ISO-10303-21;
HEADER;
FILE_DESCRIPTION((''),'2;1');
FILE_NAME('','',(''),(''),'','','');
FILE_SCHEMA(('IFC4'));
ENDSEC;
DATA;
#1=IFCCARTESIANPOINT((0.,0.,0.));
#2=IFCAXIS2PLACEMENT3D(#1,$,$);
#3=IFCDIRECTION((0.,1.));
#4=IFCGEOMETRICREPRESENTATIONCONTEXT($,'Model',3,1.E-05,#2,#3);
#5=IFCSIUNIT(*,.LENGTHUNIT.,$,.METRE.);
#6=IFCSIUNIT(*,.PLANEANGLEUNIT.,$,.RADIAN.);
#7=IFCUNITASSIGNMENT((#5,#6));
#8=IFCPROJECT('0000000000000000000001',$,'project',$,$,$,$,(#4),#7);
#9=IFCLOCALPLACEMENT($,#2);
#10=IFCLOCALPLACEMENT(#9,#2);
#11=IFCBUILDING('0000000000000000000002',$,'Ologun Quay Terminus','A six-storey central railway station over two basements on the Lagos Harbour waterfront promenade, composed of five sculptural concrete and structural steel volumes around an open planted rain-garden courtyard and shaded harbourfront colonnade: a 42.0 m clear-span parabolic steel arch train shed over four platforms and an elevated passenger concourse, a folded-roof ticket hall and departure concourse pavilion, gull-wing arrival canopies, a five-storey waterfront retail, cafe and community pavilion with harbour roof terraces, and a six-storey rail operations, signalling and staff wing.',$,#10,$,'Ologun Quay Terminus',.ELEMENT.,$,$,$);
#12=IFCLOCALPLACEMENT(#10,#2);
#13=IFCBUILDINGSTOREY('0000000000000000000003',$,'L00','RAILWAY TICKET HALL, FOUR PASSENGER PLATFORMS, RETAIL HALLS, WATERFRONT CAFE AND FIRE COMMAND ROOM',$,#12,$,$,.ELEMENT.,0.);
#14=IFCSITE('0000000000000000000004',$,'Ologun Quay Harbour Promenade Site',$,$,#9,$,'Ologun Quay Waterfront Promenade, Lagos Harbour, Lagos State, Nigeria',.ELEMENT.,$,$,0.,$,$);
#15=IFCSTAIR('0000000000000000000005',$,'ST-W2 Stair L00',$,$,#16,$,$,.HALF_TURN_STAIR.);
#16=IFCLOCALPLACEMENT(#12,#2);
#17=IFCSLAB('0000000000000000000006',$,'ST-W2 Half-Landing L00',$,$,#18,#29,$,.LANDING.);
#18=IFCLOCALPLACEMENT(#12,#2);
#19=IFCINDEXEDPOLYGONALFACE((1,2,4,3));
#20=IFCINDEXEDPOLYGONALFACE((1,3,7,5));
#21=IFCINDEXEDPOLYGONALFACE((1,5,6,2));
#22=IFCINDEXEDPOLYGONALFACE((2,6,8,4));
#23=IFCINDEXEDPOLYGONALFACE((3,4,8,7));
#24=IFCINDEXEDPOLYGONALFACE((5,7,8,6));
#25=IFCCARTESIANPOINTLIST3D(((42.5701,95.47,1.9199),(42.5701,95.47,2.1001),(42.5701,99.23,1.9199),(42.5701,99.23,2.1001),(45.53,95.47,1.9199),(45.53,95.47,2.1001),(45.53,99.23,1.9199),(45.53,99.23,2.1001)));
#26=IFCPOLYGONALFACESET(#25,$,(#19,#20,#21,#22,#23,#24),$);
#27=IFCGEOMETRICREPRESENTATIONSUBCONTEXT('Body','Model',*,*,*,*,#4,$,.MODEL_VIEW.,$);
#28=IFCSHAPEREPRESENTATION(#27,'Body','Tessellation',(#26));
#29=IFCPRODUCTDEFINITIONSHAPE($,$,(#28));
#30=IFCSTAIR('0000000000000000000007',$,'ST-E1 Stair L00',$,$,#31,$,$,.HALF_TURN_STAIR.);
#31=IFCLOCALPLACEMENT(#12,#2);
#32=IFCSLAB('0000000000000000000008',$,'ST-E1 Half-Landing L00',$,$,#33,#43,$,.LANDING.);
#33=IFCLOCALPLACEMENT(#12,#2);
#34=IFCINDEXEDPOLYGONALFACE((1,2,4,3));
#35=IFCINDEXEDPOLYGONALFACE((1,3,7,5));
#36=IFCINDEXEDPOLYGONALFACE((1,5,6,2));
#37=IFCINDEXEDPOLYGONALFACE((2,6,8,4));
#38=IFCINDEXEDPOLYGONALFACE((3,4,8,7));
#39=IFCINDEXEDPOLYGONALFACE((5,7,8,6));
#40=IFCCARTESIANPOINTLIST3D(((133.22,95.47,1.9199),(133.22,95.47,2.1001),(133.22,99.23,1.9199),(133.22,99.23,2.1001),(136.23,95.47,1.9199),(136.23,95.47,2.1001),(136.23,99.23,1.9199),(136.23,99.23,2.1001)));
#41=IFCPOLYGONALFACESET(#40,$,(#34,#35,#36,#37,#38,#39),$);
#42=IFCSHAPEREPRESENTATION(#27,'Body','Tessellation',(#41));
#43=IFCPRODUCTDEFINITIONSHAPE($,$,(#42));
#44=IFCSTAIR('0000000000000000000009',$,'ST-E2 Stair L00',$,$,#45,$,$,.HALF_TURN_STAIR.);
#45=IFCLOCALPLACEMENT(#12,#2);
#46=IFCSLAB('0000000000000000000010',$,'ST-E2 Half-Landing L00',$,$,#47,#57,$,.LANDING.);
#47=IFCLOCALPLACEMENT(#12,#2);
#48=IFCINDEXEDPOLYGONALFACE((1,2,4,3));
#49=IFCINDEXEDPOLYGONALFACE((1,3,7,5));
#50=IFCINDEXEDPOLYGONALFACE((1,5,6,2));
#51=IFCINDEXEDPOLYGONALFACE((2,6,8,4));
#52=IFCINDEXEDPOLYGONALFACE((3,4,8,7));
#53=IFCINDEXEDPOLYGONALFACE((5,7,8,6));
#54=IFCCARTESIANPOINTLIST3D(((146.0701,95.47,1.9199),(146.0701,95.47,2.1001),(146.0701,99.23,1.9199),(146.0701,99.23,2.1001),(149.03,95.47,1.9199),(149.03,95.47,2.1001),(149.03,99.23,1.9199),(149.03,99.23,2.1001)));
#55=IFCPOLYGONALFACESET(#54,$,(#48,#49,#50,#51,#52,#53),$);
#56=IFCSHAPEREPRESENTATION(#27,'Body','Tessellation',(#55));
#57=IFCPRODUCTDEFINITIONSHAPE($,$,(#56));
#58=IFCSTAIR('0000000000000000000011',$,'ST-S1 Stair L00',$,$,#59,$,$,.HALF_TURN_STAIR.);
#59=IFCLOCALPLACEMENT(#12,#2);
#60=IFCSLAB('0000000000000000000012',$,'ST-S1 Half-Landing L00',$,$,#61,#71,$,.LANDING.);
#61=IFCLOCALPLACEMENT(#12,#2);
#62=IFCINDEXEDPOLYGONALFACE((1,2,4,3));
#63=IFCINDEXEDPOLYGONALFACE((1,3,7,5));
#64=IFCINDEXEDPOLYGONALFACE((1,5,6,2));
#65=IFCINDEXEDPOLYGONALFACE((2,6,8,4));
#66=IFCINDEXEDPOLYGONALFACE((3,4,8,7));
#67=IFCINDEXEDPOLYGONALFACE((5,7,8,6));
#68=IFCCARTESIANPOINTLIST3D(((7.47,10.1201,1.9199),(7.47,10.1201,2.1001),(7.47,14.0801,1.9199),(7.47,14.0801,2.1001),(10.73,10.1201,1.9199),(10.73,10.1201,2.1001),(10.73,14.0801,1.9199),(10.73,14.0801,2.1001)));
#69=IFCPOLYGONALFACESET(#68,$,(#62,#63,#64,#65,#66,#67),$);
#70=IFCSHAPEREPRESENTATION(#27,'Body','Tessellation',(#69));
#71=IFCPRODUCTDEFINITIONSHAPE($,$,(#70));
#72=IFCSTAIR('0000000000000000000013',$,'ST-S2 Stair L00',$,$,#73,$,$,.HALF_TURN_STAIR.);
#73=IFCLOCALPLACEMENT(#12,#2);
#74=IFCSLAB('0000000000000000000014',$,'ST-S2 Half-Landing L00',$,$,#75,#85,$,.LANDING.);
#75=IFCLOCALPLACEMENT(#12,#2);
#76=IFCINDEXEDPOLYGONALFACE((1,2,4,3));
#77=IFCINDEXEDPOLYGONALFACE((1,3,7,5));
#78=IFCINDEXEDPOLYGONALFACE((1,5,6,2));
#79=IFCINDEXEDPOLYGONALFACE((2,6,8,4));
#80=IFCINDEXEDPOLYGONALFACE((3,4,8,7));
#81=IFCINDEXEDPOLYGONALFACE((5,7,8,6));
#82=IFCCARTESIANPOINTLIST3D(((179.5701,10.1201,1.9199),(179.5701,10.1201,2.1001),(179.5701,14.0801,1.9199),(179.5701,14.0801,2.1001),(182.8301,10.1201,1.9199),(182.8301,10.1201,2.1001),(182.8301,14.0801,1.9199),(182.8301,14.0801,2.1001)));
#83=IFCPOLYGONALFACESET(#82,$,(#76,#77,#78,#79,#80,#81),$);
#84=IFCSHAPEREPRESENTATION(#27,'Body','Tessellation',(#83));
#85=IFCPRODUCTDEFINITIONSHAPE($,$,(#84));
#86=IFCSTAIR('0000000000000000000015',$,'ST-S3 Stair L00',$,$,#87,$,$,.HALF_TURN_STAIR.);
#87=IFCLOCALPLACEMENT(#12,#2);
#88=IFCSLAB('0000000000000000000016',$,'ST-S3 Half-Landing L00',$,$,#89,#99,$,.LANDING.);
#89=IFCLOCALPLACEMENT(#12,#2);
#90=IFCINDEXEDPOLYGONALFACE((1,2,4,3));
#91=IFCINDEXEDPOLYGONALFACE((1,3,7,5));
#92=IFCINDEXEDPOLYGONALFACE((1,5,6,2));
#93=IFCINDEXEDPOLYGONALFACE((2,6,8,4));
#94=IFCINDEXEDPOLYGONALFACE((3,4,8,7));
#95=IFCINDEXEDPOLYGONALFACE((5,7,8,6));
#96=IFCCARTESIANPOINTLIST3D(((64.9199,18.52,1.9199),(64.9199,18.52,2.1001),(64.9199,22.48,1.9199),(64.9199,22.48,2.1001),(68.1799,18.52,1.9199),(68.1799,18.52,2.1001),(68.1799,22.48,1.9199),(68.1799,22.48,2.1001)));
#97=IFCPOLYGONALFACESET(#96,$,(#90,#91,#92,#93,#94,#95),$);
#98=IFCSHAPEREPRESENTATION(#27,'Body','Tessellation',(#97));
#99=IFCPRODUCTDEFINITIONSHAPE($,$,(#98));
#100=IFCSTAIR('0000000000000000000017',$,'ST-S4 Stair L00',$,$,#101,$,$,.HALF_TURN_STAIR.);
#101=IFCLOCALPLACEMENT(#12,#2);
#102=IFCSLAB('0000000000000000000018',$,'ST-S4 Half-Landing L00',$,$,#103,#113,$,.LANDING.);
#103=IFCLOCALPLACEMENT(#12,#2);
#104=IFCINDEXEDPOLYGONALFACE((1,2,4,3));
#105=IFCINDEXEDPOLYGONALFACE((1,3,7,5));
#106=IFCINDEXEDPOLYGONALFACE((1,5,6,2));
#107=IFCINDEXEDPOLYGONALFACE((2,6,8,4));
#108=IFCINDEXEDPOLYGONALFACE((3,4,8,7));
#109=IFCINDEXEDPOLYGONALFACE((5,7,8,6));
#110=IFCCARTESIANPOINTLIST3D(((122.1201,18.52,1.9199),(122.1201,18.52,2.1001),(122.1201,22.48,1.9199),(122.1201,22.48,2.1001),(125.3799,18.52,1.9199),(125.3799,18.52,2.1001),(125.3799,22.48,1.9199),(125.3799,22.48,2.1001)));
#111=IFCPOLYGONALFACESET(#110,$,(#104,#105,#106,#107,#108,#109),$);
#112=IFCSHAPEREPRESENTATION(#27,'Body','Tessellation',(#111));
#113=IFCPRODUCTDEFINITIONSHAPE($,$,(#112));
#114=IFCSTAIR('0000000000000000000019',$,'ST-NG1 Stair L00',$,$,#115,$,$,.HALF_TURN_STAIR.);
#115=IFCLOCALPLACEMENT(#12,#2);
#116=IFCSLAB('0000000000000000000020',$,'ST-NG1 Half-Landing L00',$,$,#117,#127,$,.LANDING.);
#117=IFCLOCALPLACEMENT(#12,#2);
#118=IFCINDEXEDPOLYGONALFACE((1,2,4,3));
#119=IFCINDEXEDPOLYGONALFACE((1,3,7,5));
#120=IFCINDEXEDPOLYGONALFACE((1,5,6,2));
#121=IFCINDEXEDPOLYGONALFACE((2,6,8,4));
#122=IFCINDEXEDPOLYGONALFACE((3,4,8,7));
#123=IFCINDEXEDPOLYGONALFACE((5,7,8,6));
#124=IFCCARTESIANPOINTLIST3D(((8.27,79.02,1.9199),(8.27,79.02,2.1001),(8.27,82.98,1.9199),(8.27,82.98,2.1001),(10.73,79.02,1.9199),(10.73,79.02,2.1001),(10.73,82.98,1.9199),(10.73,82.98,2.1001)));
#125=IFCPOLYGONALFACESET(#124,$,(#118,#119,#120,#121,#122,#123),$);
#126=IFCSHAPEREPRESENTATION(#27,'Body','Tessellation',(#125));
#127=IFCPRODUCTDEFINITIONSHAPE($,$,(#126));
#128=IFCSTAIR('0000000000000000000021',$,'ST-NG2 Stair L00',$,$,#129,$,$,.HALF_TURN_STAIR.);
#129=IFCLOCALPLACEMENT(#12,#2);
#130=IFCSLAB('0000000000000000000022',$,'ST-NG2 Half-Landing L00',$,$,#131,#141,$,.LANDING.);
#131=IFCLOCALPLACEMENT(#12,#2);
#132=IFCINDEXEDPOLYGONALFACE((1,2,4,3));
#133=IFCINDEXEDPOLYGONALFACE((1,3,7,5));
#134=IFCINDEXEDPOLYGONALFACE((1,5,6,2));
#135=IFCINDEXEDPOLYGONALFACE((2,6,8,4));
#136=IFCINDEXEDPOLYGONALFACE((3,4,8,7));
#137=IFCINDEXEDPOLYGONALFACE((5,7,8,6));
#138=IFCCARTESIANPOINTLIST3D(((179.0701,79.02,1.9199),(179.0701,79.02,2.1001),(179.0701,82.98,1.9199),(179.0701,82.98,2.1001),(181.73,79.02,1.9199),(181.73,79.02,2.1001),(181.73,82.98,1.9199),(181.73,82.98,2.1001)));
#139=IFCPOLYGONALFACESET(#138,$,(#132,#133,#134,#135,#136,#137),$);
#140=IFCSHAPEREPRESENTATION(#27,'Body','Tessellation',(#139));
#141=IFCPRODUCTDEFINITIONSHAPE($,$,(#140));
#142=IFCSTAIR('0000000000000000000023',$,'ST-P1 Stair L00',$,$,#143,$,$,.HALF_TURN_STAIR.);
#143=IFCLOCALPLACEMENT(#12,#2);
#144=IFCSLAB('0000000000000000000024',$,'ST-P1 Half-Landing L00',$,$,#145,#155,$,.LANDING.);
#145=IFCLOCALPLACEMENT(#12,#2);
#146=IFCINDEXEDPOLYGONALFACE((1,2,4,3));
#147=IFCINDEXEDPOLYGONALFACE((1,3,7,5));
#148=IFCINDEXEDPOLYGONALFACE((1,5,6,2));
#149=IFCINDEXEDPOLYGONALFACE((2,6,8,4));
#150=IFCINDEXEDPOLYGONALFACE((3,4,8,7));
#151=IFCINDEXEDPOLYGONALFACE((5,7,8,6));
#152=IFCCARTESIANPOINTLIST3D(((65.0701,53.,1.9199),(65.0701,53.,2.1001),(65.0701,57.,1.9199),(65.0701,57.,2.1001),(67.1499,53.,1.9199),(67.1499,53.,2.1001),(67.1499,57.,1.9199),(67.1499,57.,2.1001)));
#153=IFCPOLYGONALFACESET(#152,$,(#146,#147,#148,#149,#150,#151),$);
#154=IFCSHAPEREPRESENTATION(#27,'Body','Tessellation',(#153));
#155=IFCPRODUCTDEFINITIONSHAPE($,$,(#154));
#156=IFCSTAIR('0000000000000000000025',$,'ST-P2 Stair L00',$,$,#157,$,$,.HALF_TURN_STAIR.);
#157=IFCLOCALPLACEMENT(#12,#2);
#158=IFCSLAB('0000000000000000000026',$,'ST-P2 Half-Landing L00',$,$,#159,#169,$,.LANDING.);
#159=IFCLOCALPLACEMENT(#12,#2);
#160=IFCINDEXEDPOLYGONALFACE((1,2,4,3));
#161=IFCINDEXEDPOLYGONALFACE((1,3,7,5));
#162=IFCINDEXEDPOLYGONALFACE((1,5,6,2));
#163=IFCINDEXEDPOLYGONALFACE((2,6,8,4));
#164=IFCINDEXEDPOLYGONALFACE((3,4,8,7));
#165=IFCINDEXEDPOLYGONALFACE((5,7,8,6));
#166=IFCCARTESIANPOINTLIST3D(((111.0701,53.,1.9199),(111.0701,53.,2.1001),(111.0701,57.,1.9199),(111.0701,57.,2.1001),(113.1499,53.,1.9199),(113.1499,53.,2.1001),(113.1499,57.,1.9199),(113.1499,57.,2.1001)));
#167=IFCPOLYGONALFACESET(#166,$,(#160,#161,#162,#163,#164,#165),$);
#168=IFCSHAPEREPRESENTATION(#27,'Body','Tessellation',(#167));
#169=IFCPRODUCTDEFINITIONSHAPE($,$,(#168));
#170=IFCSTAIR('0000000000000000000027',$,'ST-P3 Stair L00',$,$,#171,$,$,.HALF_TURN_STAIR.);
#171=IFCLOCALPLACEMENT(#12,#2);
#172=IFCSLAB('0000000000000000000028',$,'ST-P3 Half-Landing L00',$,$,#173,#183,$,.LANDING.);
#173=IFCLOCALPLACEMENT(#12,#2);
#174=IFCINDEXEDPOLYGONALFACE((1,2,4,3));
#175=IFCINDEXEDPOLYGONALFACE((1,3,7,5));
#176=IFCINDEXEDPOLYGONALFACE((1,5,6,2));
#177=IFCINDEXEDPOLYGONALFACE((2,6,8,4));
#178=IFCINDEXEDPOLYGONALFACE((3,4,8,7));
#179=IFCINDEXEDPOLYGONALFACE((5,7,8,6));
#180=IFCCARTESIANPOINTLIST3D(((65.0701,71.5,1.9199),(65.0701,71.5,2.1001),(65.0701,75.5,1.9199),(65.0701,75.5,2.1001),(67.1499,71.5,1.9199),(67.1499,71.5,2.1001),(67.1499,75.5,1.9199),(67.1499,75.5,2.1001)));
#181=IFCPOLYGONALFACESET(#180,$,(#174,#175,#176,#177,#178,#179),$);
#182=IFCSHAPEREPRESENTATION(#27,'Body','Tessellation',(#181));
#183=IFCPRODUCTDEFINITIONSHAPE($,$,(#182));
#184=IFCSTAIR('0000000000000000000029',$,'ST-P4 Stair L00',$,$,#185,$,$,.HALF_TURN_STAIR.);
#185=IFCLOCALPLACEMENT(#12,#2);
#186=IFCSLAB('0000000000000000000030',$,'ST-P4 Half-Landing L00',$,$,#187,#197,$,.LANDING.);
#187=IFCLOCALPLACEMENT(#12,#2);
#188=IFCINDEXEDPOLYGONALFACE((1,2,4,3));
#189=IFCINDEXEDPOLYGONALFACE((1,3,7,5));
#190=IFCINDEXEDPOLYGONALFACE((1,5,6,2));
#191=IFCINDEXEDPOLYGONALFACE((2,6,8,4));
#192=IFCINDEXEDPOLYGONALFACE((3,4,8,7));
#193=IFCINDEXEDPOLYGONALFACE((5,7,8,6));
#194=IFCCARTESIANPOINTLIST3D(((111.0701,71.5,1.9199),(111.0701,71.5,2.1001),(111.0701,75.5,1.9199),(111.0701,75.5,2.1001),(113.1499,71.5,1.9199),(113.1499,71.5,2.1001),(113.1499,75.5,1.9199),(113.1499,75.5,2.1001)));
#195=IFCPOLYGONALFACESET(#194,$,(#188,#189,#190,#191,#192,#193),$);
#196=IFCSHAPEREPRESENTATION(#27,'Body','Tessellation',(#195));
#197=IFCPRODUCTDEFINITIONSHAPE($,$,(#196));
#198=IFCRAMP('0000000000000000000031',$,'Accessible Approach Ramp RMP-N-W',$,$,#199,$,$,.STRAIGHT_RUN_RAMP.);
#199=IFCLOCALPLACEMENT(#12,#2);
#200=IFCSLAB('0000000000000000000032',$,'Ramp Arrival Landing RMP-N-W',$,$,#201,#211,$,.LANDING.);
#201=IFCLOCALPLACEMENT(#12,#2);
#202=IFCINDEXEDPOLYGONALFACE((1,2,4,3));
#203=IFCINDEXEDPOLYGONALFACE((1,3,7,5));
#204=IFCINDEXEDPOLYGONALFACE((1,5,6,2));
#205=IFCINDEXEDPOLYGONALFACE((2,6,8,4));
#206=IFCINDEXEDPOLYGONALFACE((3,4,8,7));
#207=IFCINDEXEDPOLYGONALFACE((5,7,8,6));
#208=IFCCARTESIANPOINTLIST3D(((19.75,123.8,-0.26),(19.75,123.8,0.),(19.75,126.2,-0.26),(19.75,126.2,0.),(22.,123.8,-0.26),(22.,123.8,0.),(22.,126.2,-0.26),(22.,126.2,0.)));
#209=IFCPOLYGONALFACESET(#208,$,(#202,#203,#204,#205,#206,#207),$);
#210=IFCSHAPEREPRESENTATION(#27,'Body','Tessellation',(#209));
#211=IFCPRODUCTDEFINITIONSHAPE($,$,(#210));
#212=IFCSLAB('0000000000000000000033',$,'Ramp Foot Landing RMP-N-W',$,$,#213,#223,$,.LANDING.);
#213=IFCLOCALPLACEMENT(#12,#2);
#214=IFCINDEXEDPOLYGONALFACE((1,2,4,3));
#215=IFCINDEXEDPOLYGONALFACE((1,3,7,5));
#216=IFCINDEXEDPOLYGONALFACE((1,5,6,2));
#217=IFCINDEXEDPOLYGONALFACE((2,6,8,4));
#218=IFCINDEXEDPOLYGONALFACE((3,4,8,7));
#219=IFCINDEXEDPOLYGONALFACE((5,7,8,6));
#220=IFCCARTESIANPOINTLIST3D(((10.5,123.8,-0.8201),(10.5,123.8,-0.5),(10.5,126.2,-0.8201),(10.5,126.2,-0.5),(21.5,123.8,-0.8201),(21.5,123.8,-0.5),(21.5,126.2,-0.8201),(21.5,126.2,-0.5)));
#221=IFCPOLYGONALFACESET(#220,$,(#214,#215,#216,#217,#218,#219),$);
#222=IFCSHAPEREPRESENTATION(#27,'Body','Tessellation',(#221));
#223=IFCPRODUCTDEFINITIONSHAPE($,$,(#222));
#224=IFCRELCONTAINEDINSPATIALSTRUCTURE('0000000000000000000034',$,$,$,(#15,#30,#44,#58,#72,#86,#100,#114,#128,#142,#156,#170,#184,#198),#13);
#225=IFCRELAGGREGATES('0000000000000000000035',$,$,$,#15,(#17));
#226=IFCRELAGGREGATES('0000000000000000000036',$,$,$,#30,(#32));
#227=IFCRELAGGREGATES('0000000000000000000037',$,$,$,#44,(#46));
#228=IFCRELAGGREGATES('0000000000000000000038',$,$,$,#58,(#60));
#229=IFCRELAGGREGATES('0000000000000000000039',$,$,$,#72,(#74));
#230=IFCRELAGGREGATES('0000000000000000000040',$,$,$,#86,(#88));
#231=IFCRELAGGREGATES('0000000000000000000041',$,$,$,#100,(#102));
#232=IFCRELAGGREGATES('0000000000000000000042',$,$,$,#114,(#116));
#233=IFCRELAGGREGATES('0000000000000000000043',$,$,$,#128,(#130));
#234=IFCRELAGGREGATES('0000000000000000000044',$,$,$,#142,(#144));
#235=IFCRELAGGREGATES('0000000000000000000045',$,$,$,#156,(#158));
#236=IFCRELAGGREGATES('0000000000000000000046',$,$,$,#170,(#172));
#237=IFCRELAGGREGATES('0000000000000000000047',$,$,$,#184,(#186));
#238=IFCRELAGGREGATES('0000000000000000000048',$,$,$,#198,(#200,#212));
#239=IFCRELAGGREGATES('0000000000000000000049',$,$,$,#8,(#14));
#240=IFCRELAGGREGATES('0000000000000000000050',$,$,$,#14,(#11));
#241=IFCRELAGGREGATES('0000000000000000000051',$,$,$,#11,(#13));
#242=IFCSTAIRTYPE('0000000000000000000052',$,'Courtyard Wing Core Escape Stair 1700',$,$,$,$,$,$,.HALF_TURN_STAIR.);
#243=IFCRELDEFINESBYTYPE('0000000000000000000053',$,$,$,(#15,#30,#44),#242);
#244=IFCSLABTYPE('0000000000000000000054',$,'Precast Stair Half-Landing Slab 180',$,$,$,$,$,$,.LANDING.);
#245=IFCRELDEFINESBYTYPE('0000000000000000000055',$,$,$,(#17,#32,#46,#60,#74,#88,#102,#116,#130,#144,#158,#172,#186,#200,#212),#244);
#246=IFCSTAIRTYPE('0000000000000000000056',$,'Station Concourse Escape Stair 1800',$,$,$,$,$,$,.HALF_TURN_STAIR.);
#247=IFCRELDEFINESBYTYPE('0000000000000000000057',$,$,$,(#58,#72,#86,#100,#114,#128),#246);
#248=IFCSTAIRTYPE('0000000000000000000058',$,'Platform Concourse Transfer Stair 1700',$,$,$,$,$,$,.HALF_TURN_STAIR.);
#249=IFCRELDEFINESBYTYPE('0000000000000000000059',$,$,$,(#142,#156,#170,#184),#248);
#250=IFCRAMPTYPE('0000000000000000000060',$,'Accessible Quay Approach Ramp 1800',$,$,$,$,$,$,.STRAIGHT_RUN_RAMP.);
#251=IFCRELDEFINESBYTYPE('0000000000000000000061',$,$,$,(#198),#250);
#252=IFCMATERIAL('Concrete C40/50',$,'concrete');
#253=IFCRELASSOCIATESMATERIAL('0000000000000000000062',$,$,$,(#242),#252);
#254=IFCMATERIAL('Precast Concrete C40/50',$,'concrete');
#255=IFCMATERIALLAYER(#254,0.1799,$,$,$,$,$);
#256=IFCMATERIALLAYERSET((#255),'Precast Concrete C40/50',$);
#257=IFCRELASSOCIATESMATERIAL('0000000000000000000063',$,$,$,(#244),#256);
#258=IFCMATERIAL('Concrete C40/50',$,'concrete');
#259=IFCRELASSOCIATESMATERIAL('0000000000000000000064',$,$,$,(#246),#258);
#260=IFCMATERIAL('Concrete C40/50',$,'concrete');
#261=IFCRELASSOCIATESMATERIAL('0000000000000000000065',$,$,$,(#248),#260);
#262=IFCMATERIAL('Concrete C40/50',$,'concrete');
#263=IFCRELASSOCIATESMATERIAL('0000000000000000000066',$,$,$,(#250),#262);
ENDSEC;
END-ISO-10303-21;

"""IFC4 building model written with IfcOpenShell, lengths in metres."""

from ifc_helpers import new_model, si_unit, direction, frame, origin, place, context, subcontext, project, spatial, polyline, outline, extrude, material, layer, layer_set, type_object, element, aggregate, save


model = new_model("IFC4")

# Units and contexts
model_context = context("Model", 3, precision=1e-05, world=origin(), true_north=direction((0.0, 1.0)))
body_context = subcontext(model_context, "Body", "Model", "MODEL_VIEW")
ifc_project = project(units=[si_unit("LENGTHUNIT", "METRE"), si_unit("PLANEANGLEUNIT", "RADIAN")], contexts=[model_context])

# Site, building, storey
site_placement = place(None, origin())
site = spatial("IfcSite", under=ifc_project, at=site_placement, Name="Ologun Quay Harbour Promenade Site", LongName="Ologun Quay Waterfront Promenade, Lagos Harbour, Lagos State, Nigeria", CompositionType="ELEMENT", RefElevation=0.0)
building_placement = place(site_placement, origin())
building = spatial("IfcBuilding", under=site, at=building_placement, Name="Ologun Quay Terminus", Description="A six-storey central railway station over two basements on the Lagos Harbour waterfront promenade, composed of five sculptural concrete and structural steel volumes around an open planted rain-garden courtyard and shaded harbourfront colonnade: a 42.0 m clear-span parabolic steel arch train shed over four platforms and an elevated passenger concourse, a folded-roof ticket hall and departure concourse pavilion, gull-wing arrival canopies, a five-storey waterfront retail, cafe and community pavilion with harbour roof terraces, and a six-storey rail operations, signalling and staff wing.", LongName="Ologun Quay Terminus", CompositionType="ELEMENT")
storey_placement = place(building_placement, origin())
storey = spatial("IfcBuildingStorey", under=building, at=storey_placement, Name="L00", Description="RAILWAY TICKET HALL, FOUR PASSENGER PLATFORMS, RETAIL HALLS, WATERFRONT CAFE AND FIRE COMMAND ROOM", CompositionType="ELEMENT", Elevation=0.0)

# Stairs, slabs
ifc_material_1 = material(Name="Concrete C40/50", Category="concrete")
stair_type_1 = type_object("IfcStairType", Name="Courtyard Wing Core Escape Stair 1700", PredefinedType="HALF_TURN_STAIR", material=ifc_material_1)
stair_1_placement = place(storey_placement, origin())
stair_1 = element("IfcStair", 1, at=stair_1_placement, inside=storey, type_object=stair_type_1, Name="ST-W2 Stair L00", PredefinedType="HALF_TURN_STAIR")
ifc_material_2 = material(Name="Precast Concrete C40/50", Category="concrete")
ifc_layer_1 = layer(ifc_material_2, 0.1799)
ifc_layer_set_1 = layer_set([ifc_layer_1], Name="Precast Concrete C40/50")
slab_type_1 = type_object("IfcSlabType", Name="Precast Stair Half-Landing Slab 180", PredefinedType="LANDING", material=ifc_layer_set_1)
slab_1_placement = place(storey_placement, frame((0.0, 0.0, 1.9199)))
slab_1 = element("IfcSlab", 2, at=slab_1_placement, type_object=slab_type_1, Name="ST-W2 Half-Landing L00", PredefinedType="LANDING", context=body_context, shape_type="SweptSolid", body=[
    extrude(outline(polyline([(42.5701, 95.47), (45.53, 95.47), (45.53, 99.23), (42.5701, 99.23), (42.5701, 95.47)])), origin(), (0.0, 0.0, 1.0), 0.1802),
])
aggregate(stair_1, [slab_1])
stair_2_placement = place(storey_placement, origin())
stair_2 = element("IfcStair", 3, at=stair_2_placement, inside=storey, type_object=stair_type_1, Name="ST-E1 Stair L00", PredefinedType="HALF_TURN_STAIR")
slab_2_placement = place(storey_placement, frame((0.0, 0.0, 1.9199)))
slab_2 = element("IfcSlab", 4, at=slab_2_placement, type_object=slab_type_1, Name="ST-E1 Half-Landing L00", PredefinedType="LANDING", context=body_context, shape_type="SweptSolid", body=[
    extrude(outline(polyline([(133.22, 95.47), (136.23, 95.47), (136.23, 99.23), (133.22, 99.23), (133.22, 95.47)])), origin(), (0.0, 0.0, 1.0), 0.1802),
])
aggregate(stair_2, [slab_2])
stair_3_placement = place(storey_placement, origin())
stair_3 = element("IfcStair", 5, at=stair_3_placement, inside=storey, type_object=stair_type_1, Name="ST-E2 Stair L00", PredefinedType="HALF_TURN_STAIR")
slab_3_placement = place(storey_placement, frame((0.0, 0.0, 1.9199)))
slab_3 = element("IfcSlab", 6, at=slab_3_placement, type_object=slab_type_1, Name="ST-E2 Half-Landing L00", PredefinedType="LANDING", context=body_context, shape_type="SweptSolid", body=[
    extrude(outline(polyline([(146.0701, 95.47), (149.03, 95.47), (149.03, 99.23), (146.0701, 99.23), (146.0701, 95.47)])), origin(), (0.0, 0.0, 1.0), 0.1802),
])
aggregate(stair_3, [slab_3])
ifc_material_3 = material(Name="Concrete C40/50", Category="concrete")
stair_type_2 = type_object("IfcStairType", Name="Station Concourse Escape Stair 1800", PredefinedType="HALF_TURN_STAIR", material=ifc_material_3)
stair_4_placement = place(storey_placement, origin())
stair_4 = element("IfcStair", 7, at=stair_4_placement, inside=storey, type_object=stair_type_2, Name="ST-S1 Stair L00", PredefinedType="HALF_TURN_STAIR")
slab_4_placement = place(storey_placement, frame((0.0, 0.0, 1.9199)))
slab_4 = element("IfcSlab", 8, at=slab_4_placement, type_object=slab_type_1, Name="ST-S1 Half-Landing L00", PredefinedType="LANDING", context=body_context, shape_type="SweptSolid", body=[
    extrude(outline(polyline([(7.47, 10.1201), (10.73, 10.1201), (10.73, 14.0801), (7.47, 14.0801), (7.47, 10.1201)])), origin(), (0.0, 0.0, 1.0), 0.1802),
])
aggregate(stair_4, [slab_4])
stair_5_placement = place(storey_placement, origin())
stair_5 = element("IfcStair", 9, at=stair_5_placement, inside=storey, type_object=stair_type_2, Name="ST-S2 Stair L00", PredefinedType="HALF_TURN_STAIR")
slab_5_placement = place(storey_placement, frame((0.0, 0.0, 1.9199)))
slab_5 = element("IfcSlab", 10, at=slab_5_placement, type_object=slab_type_1, Name="ST-S2 Half-Landing L00", PredefinedType="LANDING", context=body_context, shape_type="SweptSolid", body=[
    extrude(outline(polyline([(179.5701, 10.1201), (182.8301, 10.1201), (182.8301, 14.0801), (179.5701, 14.0801), (179.5701, 10.1201)])), origin(), (0.0, 0.0, 1.0), 0.1802),
])
aggregate(stair_5, [slab_5])
stair_6_placement = place(storey_placement, origin())
stair_6 = element("IfcStair", 11, at=stair_6_placement, inside=storey, type_object=stair_type_2, Name="ST-S3 Stair L00", PredefinedType="HALF_TURN_STAIR")
slab_6_placement = place(storey_placement, frame((0.0, 0.0, 1.9199)))
slab_6 = element("IfcSlab", 12, at=slab_6_placement, type_object=slab_type_1, Name="ST-S3 Half-Landing L00", PredefinedType="LANDING", context=body_context, shape_type="SweptSolid", body=[
    extrude(outline(polyline([(64.9199, 18.52), (68.1799, 18.52), (68.1799, 22.48), (64.9199, 22.48), (64.9199, 18.52)])), origin(), (0.0, 0.0, 1.0), 0.1802),
])
aggregate(stair_6, [slab_6])
stair_7_placement = place(storey_placement, origin())
stair_7 = element("IfcStair", 13, at=stair_7_placement, inside=storey, type_object=stair_type_2, Name="ST-S4 Stair L00", PredefinedType="HALF_TURN_STAIR")
slab_7_placement = place(storey_placement, frame((0.0, 0.0, 1.9199)))
slab_7 = element("IfcSlab", 14, at=slab_7_placement, type_object=slab_type_1, Name="ST-S4 Half-Landing L00", PredefinedType="LANDING", context=body_context, shape_type="SweptSolid", body=[
    extrude(outline(polyline([(122.1201, 18.52), (125.3799, 18.52), (125.3799, 22.48), (122.1201, 22.48), (122.1201, 18.52)])), origin(), (0.0, 0.0, 1.0), 0.1802),
])
aggregate(stair_7, [slab_7])
stair_8_placement = place(storey_placement, origin())
stair_8 = element("IfcStair", 15, at=stair_8_placement, inside=storey, type_object=stair_type_2, Name="ST-NG1 Stair L00", PredefinedType="HALF_TURN_STAIR")
slab_8_placement = place(storey_placement, frame((0.0, 0.0, 1.9199)))
slab_8 = element("IfcSlab", 16, at=slab_8_placement, type_object=slab_type_1, Name="ST-NG1 Half-Landing L00", PredefinedType="LANDING", context=body_context, shape_type="SweptSolid", body=[
    extrude(outline(polyline([(8.27, 79.02), (10.73, 79.02), (10.73, 82.98), (8.27, 82.98), (8.27, 79.02)])), origin(), (0.0, 0.0, 1.0), 0.1802),
])
aggregate(stair_8, [slab_8])
stair_9_placement = place(storey_placement, origin())
stair_9 = element("IfcStair", 17, at=stair_9_placement, inside=storey, type_object=stair_type_2, Name="ST-NG2 Stair L00", PredefinedType="HALF_TURN_STAIR")
slab_9_placement = place(storey_placement, frame((0.0, 0.0, 1.9199)))
slab_9 = element("IfcSlab", 18, at=slab_9_placement, type_object=slab_type_1, Name="ST-NG2 Half-Landing L00", PredefinedType="LANDING", context=body_context, shape_type="SweptSolid", body=[
    extrude(outline(polyline([(179.0701, 79.02), (181.73, 79.02), (181.73, 82.98), (179.0701, 82.98), (179.0701, 79.02)])), origin(), (0.0, 0.0, 1.0), 0.1802),
])
aggregate(stair_9, [slab_9])
ifc_material_4 = material(Name="Concrete C40/50", Category="concrete")
stair_type_3 = type_object("IfcStairType", Name="Platform Concourse Transfer Stair 1700", PredefinedType="HALF_TURN_STAIR", material=ifc_material_4)
stair_10_placement = place(storey_placement, origin())
stair_10 = element("IfcStair", 19, at=stair_10_placement, inside=storey, type_object=stair_type_3, Name="ST-P1 Stair L00", PredefinedType="HALF_TURN_STAIR")
slab_10_placement = place(storey_placement, frame((0.0, 0.0, 1.9199)))
slab_10 = element("IfcSlab", 20, at=slab_10_placement, type_object=slab_type_1, Name="ST-P1 Half-Landing L00", PredefinedType="LANDING", context=body_context, shape_type="SweptSolid", body=[
    extrude(outline(polyline([(65.0701, 53.0), (67.1499, 53.0), (67.1499, 57.0), (65.0701, 57.0), (65.0701, 53.0)])), origin(), (0.0, 0.0, 1.0), 0.1802),
])
aggregate(stair_10, [slab_10])
stair_11_placement = place(storey_placement, origin())
stair_11 = element("IfcStair", 21, at=stair_11_placement, inside=storey, type_object=stair_type_3, Name="ST-P2 Stair L00", PredefinedType="HALF_TURN_STAIR")
slab_11_placement = place(storey_placement, frame((0.0, 0.0, 1.9199)))
slab_11 = element("IfcSlab", 22, at=slab_11_placement, type_object=slab_type_1, Name="ST-P2 Half-Landing L00", PredefinedType="LANDING", context=body_context, shape_type="SweptSolid", body=[
    extrude(outline(polyline([(111.0701, 53.0), (113.1499, 53.0), (113.1499, 57.0), (111.0701, 57.0), (111.0701, 53.0)])), origin(), (0.0, 0.0, 1.0), 0.1802),
])
aggregate(stair_11, [slab_11])
stair_12_placement = place(storey_placement, origin())
stair_12 = element("IfcStair", 23, at=stair_12_placement, inside=storey, type_object=stair_type_3, Name="ST-P3 Stair L00", PredefinedType="HALF_TURN_STAIR")
slab_12_placement = place(storey_placement, frame((0.0, 0.0, 1.9199)))
slab_12 = element("IfcSlab", 24, at=slab_12_placement, type_object=slab_type_1, Name="ST-P3 Half-Landing L00", PredefinedType="LANDING", context=body_context, shape_type="SweptSolid", body=[
    extrude(outline(polyline([(65.0701, 71.5), (67.1499, 71.5), (67.1499, 75.5), (65.0701, 75.5), (65.0701, 71.5)])), origin(), (0.0, 0.0, 1.0), 0.1802),
])
aggregate(stair_12, [slab_12])
stair_13_placement = place(storey_placement, origin())
stair_13 = element("IfcStair", 25, at=stair_13_placement, inside=storey, type_object=stair_type_3, Name="ST-P4 Stair L00", PredefinedType="HALF_TURN_STAIR")
slab_13_placement = place(storey_placement, frame((0.0, 0.0, 1.9199)))
slab_13 = element("IfcSlab", 26, at=slab_13_placement, type_object=slab_type_1, Name="ST-P4 Half-Landing L00", PredefinedType="LANDING", context=body_context, shape_type="SweptSolid", body=[
    extrude(outline(polyline([(111.0701, 71.5), (113.1499, 71.5), (113.1499, 75.5), (111.0701, 75.5), (111.0701, 71.5)])), origin(), (0.0, 0.0, 1.0), 0.1802),
])
aggregate(stair_13, [slab_13])

# Ramp, slabs
ifc_material_5 = material(Name="Concrete C40/50", Category="concrete")
ramp_type = type_object("IfcRampType", Name="Accessible Quay Approach Ramp 1800", PredefinedType="STRAIGHT_RUN_RAMP", material=ifc_material_5)
ramp_1_placement = place(storey_placement, origin())
ramp_1 = element("IfcRamp", 27, at=ramp_1_placement, inside=storey, type_object=ramp_type, Name="Accessible Approach Ramp RMP-N-W", PredefinedType="STRAIGHT_RUN_RAMP")
slab_14_placement = place(storey_placement, frame((0.0, 0.0, -0.26)))
slab_14 = element("IfcSlab", 28, at=slab_14_placement, type_object=slab_type_1, Name="Ramp Arrival Landing RMP-N-W", PredefinedType="LANDING", context=body_context, shape_type="SweptSolid", body=[
    extrude(outline(polyline([(19.75, 123.8), (22.0, 123.8), (22.0, 126.2), (19.75, 126.2), (19.75, 123.8)])), origin(), (0.0, 0.0, 1.0), 0.26),
])
slab_15_placement = place(storey_placement, frame((0.0, 0.0, -0.8201)))
slab_15 = element("IfcSlab", 29, at=slab_15_placement, type_object=slab_type_1, Name="Ramp Foot Landing RMP-N-W", PredefinedType="LANDING", context=body_context, shape_type="SweptSolid", body=[
    extrude(outline(polyline([(10.5, 123.8), (21.5, 123.8), (21.5, 126.2), (10.5, 126.2), (10.5, 123.8)])), origin(), (0.0, 0.0, 1.0), 0.3201),
])
aggregate(ramp_1, [slab_14, slab_15])

save(model, "model.ifc")
